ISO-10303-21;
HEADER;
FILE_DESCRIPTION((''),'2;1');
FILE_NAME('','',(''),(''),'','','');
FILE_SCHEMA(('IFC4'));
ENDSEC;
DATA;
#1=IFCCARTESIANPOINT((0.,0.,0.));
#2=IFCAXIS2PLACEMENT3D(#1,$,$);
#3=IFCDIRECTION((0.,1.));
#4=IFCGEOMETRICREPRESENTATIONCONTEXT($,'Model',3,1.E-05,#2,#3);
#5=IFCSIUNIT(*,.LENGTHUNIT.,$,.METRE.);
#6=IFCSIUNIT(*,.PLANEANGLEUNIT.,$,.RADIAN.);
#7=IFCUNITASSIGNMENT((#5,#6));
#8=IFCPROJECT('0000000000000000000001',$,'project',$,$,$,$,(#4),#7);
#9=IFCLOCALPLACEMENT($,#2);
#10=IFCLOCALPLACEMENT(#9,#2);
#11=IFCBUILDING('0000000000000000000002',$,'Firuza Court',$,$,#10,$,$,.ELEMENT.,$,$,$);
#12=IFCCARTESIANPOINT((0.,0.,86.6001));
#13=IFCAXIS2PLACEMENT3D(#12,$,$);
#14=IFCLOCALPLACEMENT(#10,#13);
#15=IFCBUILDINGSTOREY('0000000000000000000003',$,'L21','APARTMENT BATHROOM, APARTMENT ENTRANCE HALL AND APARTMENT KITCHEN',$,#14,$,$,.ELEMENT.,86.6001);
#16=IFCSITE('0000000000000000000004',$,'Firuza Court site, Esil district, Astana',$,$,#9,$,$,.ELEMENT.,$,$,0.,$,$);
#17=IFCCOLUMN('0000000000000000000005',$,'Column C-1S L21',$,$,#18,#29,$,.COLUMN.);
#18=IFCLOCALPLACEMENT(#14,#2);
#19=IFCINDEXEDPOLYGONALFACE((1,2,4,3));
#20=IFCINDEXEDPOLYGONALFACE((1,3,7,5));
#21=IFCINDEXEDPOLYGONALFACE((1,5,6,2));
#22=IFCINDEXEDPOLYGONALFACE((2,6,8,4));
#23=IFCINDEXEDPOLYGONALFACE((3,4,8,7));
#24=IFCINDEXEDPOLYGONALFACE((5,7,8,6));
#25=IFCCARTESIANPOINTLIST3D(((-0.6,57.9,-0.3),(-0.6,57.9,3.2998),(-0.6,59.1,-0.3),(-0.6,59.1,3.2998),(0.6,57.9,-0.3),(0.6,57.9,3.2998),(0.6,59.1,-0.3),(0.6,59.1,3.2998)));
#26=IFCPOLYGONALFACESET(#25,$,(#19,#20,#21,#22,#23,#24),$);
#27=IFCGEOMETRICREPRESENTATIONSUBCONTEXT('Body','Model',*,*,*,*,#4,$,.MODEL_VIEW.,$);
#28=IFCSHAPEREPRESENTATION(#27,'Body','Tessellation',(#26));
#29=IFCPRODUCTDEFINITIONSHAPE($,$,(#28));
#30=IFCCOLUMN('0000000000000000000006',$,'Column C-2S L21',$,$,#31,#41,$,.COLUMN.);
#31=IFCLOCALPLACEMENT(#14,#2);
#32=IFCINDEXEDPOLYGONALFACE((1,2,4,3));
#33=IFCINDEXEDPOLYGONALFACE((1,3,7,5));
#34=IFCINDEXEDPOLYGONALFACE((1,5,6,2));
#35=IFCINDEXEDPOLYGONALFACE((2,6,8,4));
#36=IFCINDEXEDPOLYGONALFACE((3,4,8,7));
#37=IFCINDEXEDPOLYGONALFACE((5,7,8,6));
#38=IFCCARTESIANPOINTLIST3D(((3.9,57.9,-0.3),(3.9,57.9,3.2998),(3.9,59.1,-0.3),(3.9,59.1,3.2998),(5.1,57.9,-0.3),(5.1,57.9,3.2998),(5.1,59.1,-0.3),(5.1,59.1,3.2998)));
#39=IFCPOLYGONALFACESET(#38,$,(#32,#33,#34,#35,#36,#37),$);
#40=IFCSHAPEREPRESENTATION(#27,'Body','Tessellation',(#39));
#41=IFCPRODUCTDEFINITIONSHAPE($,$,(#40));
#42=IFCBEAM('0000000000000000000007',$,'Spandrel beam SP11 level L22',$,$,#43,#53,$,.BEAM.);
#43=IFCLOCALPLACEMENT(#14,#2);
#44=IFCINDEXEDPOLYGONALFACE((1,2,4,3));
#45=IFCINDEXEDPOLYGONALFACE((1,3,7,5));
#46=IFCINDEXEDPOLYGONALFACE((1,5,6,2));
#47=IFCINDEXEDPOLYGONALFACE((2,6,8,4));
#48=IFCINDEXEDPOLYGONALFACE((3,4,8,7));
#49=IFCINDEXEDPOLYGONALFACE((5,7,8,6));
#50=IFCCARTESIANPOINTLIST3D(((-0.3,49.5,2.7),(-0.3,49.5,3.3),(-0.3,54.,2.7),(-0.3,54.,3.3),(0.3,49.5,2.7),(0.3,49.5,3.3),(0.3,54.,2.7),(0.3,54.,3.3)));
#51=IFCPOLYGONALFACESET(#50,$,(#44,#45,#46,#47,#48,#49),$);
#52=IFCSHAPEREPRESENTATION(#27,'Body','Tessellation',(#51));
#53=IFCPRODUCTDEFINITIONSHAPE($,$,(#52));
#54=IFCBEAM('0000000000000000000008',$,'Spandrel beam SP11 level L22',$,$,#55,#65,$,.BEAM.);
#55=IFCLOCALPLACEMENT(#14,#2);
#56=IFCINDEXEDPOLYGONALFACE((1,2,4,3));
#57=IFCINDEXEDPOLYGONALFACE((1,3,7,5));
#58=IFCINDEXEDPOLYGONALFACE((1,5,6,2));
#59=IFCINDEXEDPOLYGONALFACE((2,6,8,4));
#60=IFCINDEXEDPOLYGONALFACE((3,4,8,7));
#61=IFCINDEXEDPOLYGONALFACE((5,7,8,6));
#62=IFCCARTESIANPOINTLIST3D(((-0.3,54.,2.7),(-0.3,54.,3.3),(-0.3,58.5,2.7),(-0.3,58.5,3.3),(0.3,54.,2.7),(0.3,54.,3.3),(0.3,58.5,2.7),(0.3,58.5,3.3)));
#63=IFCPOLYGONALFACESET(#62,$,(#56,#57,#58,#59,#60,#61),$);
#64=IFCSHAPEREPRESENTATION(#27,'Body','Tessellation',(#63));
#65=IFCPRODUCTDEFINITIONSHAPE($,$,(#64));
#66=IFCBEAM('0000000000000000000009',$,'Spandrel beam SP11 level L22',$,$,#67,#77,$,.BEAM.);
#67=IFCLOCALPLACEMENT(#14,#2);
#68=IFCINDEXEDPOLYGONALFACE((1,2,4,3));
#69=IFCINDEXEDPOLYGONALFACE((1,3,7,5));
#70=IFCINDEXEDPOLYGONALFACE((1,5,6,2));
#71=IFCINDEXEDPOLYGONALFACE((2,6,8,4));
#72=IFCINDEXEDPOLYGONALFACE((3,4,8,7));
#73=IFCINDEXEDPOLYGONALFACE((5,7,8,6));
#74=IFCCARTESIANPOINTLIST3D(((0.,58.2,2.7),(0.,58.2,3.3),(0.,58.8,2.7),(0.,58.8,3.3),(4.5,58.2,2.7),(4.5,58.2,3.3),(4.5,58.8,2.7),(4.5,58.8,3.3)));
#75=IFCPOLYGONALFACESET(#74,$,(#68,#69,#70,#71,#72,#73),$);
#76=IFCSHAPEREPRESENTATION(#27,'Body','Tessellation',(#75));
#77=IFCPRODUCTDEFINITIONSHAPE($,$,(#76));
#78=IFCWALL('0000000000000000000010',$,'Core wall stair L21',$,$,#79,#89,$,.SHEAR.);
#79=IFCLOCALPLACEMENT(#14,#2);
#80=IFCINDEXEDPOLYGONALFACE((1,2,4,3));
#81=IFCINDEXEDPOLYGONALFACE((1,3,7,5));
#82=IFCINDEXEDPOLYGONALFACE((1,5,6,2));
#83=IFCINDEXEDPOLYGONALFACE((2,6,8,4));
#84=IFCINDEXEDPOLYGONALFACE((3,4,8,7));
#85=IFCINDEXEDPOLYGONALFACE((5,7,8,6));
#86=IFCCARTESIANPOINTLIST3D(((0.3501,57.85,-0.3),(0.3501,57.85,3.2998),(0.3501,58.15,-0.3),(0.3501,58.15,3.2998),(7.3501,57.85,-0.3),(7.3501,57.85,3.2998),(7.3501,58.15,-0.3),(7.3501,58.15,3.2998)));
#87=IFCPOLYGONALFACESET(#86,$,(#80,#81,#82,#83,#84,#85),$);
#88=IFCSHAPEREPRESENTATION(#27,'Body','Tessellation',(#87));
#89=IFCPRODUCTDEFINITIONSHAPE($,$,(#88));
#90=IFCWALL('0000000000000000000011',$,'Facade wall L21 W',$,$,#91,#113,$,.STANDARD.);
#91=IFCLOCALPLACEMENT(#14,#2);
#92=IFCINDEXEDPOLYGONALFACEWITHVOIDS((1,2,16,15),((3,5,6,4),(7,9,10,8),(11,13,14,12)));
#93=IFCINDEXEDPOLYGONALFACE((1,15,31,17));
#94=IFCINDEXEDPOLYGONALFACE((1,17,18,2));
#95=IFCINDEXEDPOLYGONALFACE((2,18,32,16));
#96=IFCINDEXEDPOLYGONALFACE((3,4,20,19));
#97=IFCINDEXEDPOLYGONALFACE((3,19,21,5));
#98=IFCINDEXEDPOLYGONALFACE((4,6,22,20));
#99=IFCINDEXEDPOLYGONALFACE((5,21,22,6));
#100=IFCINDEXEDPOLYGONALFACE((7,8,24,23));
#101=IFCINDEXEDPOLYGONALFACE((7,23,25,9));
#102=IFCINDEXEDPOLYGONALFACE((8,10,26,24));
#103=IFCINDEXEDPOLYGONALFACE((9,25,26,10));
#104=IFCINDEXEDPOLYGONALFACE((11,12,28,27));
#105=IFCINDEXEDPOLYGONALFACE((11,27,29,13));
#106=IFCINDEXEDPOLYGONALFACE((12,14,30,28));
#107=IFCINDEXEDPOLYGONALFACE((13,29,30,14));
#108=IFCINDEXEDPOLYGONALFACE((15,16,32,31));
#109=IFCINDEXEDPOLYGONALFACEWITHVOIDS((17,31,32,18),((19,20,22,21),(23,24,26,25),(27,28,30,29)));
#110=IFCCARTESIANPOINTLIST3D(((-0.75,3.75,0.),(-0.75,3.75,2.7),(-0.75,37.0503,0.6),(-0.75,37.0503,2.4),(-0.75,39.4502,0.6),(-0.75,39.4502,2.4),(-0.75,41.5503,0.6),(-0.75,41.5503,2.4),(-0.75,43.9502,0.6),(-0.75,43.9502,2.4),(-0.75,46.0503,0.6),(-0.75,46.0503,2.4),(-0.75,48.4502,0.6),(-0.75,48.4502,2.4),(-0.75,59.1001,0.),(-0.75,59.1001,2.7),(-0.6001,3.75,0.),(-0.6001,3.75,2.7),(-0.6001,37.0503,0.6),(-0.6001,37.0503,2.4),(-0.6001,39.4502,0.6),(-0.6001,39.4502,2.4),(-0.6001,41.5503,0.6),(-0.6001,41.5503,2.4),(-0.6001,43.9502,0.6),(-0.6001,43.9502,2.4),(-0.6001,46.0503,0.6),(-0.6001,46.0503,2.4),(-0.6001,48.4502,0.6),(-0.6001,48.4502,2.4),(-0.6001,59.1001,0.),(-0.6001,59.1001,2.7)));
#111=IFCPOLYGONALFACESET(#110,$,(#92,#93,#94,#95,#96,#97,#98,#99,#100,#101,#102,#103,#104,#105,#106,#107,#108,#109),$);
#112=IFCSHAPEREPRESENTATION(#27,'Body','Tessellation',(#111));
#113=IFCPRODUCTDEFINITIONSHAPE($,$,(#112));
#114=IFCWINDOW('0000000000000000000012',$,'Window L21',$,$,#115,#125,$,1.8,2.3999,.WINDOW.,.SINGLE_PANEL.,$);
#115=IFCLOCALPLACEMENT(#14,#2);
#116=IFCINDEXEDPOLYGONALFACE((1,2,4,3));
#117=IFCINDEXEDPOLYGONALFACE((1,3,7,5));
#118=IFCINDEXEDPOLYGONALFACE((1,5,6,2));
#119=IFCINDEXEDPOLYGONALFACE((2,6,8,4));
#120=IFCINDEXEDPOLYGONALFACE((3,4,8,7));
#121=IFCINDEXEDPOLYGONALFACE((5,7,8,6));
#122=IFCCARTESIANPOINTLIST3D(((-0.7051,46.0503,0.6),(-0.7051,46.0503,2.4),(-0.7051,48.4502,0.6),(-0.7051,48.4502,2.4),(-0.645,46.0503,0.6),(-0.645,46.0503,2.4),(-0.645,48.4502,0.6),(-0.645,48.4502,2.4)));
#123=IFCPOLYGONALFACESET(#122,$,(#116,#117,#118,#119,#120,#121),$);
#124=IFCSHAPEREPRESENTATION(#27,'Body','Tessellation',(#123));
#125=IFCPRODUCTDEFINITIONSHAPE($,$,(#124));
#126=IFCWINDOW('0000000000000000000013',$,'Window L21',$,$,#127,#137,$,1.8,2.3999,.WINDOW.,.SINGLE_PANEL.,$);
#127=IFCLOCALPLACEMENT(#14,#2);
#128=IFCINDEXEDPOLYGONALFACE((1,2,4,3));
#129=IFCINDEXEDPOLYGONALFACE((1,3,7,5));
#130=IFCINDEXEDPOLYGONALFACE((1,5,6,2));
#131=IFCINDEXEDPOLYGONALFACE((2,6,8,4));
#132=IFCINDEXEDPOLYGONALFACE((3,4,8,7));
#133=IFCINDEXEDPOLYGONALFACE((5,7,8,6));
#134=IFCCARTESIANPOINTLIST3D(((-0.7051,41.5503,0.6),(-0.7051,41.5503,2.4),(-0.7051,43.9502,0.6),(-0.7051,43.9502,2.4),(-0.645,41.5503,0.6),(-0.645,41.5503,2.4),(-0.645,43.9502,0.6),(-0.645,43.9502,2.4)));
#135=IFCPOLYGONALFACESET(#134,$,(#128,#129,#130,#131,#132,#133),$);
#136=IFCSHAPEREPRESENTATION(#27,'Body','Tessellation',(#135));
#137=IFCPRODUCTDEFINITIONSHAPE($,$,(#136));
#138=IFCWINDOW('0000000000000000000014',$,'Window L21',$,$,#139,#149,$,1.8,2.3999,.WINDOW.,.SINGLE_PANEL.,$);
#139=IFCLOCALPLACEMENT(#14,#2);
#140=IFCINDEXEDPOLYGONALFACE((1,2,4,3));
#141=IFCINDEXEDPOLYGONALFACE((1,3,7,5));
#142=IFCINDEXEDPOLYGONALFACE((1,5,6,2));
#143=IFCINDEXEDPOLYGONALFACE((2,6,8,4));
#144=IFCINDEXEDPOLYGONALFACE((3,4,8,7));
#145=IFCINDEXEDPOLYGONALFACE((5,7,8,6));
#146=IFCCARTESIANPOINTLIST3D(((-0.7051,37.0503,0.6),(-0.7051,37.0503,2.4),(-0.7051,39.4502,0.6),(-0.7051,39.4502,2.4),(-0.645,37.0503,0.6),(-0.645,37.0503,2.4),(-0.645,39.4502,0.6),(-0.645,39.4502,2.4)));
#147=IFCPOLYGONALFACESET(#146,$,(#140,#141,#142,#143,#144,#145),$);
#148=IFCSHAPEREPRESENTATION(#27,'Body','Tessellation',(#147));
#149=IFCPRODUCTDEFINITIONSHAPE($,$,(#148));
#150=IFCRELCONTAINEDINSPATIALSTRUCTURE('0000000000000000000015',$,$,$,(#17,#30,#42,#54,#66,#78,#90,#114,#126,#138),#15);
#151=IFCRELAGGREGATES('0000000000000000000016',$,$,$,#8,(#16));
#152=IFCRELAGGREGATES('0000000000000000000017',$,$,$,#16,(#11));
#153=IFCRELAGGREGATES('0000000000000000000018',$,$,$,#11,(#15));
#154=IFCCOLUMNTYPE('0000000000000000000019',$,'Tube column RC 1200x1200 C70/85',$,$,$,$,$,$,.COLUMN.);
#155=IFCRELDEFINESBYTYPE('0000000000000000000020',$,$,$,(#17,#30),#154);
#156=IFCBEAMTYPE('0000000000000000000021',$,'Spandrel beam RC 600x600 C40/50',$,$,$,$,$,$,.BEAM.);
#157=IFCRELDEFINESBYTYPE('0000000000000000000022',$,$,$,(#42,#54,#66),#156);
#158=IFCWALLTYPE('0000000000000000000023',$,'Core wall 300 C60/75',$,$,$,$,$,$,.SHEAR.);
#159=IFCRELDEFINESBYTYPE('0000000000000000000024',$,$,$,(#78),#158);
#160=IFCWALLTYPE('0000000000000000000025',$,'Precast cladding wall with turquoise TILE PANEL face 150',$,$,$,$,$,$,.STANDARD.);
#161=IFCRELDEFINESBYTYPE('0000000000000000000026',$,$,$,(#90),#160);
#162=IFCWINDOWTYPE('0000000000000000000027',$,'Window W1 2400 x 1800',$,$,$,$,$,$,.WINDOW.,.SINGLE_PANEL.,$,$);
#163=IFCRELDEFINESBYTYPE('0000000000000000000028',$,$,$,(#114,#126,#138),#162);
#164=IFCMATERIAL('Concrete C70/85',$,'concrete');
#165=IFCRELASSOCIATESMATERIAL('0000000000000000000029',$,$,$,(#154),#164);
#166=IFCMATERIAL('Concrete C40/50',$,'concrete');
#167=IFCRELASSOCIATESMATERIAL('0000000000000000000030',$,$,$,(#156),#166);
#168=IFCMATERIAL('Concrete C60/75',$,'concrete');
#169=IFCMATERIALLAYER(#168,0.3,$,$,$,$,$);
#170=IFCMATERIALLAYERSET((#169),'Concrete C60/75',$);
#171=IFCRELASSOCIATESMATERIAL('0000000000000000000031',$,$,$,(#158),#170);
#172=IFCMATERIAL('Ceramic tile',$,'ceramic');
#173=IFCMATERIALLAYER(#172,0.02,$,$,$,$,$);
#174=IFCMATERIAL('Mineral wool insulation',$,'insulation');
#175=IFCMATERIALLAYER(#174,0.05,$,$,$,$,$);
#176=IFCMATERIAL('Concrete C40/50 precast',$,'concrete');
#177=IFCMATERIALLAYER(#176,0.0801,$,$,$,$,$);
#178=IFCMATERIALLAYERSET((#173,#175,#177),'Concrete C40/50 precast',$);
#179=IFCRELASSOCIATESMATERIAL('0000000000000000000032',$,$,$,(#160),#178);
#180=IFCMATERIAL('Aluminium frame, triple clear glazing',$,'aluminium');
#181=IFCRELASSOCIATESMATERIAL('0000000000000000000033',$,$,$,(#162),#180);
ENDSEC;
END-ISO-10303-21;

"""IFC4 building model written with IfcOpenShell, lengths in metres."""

from ifc_helpers import new_model, si_unit, direction, frame, frame_2d, origin, origin_2d, place, context, subcontext, project, spatial, rectangle, extrude, material, layer, layer_set, material_profile, profile_set, type_object, element, fill, save


model = new_model("IFC4")

# Units and contexts
model_context = context("Model", 3, precision=1e-05, world=origin(), true_north=direction((0.0, 1.0)))
body_context = subcontext(model_context, "Body", "Model", "MODEL_VIEW")
ifc_project = project(units=[si_unit("LENGTHUNIT", "METRE"), si_unit("PLANEANGLEUNIT", "RADIAN")], contexts=[model_context])

# Site, building, storey
site_placement = place(None, origin())
site = spatial("IfcSite", under=ifc_project, at=site_placement, Name="Firuza Court site, Esil district, Astana", CompositionType="ELEMENT", RefElevation=0.0)
building_placement = place(site_placement, origin())
building = spatial("IfcBuilding", under=site, at=building_placement, Name="Firuza Court", CompositionType="ELEMENT")
storey_placement = place(building_placement, frame((0.0, 0.0, 86.6001)))
storey = spatial("IfcBuildingStorey", under=building, at=storey_placement, Name="L21", Description="APARTMENT BATHROOM, APARTMENT ENTRANCE HALL AND APARTMENT KITCHEN", CompositionType="ELEMENT", Elevation=86.6001)

# Columns
ifc_material_1 = material(Name="Concrete C70/85", Category="concrete")
ifc_material_profile_1 = material_profile(ifc_material_1, rectangle(XDim=1.2, YDim=1.2, at=origin_2d()), Name="RC 1200x1200")
ifc_profile_set_1 = profile_set([ifc_material_profile_1], Name="Concrete C70/85")
column_type = type_object("IfcColumnType", Name="Tube column RC 1200x1200 C70/85", PredefinedType="COLUMN", material=ifc_profile_set_1)
for number, where, z_axis, x_axis, name in (
    (1, (0.0, 58.5, -0.3), (0.0, 0.0, 1.0), (1.0, 0.0, 0.0), "Column C-1S L21"),
    (2, (4.5, 58.5, -0.3), (0.0, 0.0, 1.0), (1.0, 0.0, 0.0), "Column C-2S L21"),
):
    element("IfcColumn", number, at=place(storey_placement, frame(where, z_axis=z_axis, x_axis=x_axis)), inside=storey, type_object=column_type, Name=name, PredefinedType="COLUMN", context=body_context, shape_type="SweptSolid", body=[
        extrude(rectangle(XDim=1.2, YDim=1.2, at=origin_2d()), origin(), (0.0, 0.0, 1.0), 3.5999),
    ])

# Beams
ifc_material_2 = material(Name="Concrete C40/50", Category="concrete")
ifc_material_profile_2 = material_profile(ifc_material_2, rectangle(XDim=0.6001, YDim=0.6001, at=origin_2d()), Name="RC 600x600")
ifc_profile_set_2 = profile_set([ifc_material_profile_2], Name="Concrete C40/50")
beam_type = type_object("IfcBeamType", Name="Spandrel beam RC 600x600 C40/50", PredefinedType="BEAM", material=ifc_profile_set_2)
for number, where, z_axis, x_axis, name in (
    (3, (0.0, 54.0, 3.0), (0.0, -1.0, 0.0), (1.0, 0.0, 0.0), "Spandrel beam SP11 level L22"),
    (4, (0.0, 58.5, 3.0), (0.0, -1.0, 0.0), (1.0, 0.0, 0.0), "Spandrel beam SP11 level L22"),
    (5, (4.5, 58.5, 3.0), (-1.0, 0.0, 0.0), (0.0, -1.0, 0.0), "Spandrel beam SP11 level L22"),
):
    element("IfcBeam", number, at=place(storey_placement, frame(where, z_axis=z_axis, x_axis=x_axis)), inside=storey, type_object=beam_type, Name=name, PredefinedType="BEAM", context=body_context, shape_type="SweptSolid", body=[
        extrude(rectangle(XDim=0.6001, YDim=0.6001, at=origin_2d()), origin(), (0.0, 0.0, 1.0), 4.5),
    ])

# Wall
ifc_material_3 = material(Name="Concrete C60/75", Category="concrete")
ifc_layer_1 = layer(ifc_material_3, 0.3)
ifc_layer_set_1 = layer_set([ifc_layer_1], Name="Concrete C60/75")
wall_type_1 = type_object("IfcWallType", Name="Core wall 300 C60/75", PredefinedType="SHEAR", material=ifc_layer_set_1)
wall_1_placement = place(storey_placement, frame((0.3501, 58.0, -0.3), z_axis=(0.0, 0.0, 1.0), x_axis=(1.0, 0.0, 0.0)))
element("IfcWall", 6, at=wall_1_placement, inside=storey, type_object=wall_type_1, Name="Core wall stair L21", PredefinedType="SHEAR", context=body_context, shape_type="SweptSolid", body=[
    extrude(rectangle(XDim=7.0, YDim=0.3, at=frame_2d((3.5, 0.0))), origin(), (0.0, 0.0, 1.0), 3.5999),
])

# Wall, openings, windows
ifc_material_4 = material(Name="Ceramic tile", Category="ceramic")
ifc_layer_2 = layer(ifc_material_4, 0.02)
ifc_material_5 = material(Name="Mineral wool insulation", Category="insulation")
ifc_layer_3 = layer(ifc_material_5, 0.05)
ifc_material_6 = material(Name="Concrete C40/50 precast", Category="concrete")
ifc_layer_4 = layer(ifc_material_6, 0.0801)
ifc_layer_set_2 = layer_set([ifc_layer_2, ifc_layer_3, ifc_layer_4], Name="Concrete C40/50 precast")
wall_type_2 = type_object("IfcWallType", Name="Precast cladding wall with turquoise TILE PANEL face 150", PredefinedType="STANDARD", material=ifc_layer_set_2)
wall_2_placement = place(storey_placement, frame((-0.675, 59.1001, 0.0), z_axis=(0.0, 0.0, 1.0), x_axis=(0.0, -1.0, 0.0)))
wall_2 = element("IfcWall", 7, at=wall_2_placement, inside=storey, type_object=wall_type_2, Name="Facade wall L21 W", PredefinedType="STANDARD", context=body_context, shape_type="SweptSolid", body=[
    extrude(rectangle(XDim=55.3501, YDim=0.1499, at=frame_2d((27.675, 0.0))), origin(), (0.0, 0.0, 1.0), 2.7),
])
opening_1_placement = place(wall_2_placement, frame((10.6499, 0.0, 0.6001)))
opening_1 = element("IfcOpeningElement", 8, at=opening_1_placement, cuts=wall_2, PredefinedType="OPENING", context=body_context, shape_type="SweptSolid", body=[
    extrude(rectangle(XDim=2.3999, YDim=1.8, at=frame_2d((1.2, 0.8999))), frame((0.0, 0.0869, 0.0), z_axis=(0.0, -1.0, 0.0), x_axis=(1.0, 0.0, 0.0)), (0.0, 0.0, 1.0), 0.1738),
])
opening_2_placement = place(wall_2_placement, frame((15.1499, 0.0, 0.6001)))
opening_2 = element("IfcOpeningElement", 9, at=opening_2_placement, cuts=wall_2, PredefinedType="OPENING", context=body_context, shape_type="SweptSolid", body=[
    extrude(rectangle(XDim=2.3999, YDim=1.8, at=frame_2d((1.2, 0.8999))), frame((0.0, 0.0869, 0.0), z_axis=(0.0, -1.0, 0.0), x_axis=(1.0, 0.0, 0.0)), (0.0, 0.0, 1.0), 0.1738),
])
opening_3_placement = place(wall_2_placement, frame((19.6499, 0.0, 0.6001)))
opening_3 = element("IfcOpeningElement", 10, at=opening_3_placement, cuts=wall_2, PredefinedType="OPENING", context=body_context, shape_type="SweptSolid", body=[
    extrude(rectangle(XDim=2.3999, YDim=1.8, at=frame_2d((1.2, 0.8999))), frame((0.0, 0.0869, 0.0), z_axis=(0.0, -1.0, 0.0), x_axis=(1.0, 0.0, 0.0)), (0.0, 0.0, 1.0), 0.1738),
])
ifc_material_7 = material(Name="Aluminium frame, triple clear glazing", Category="aluminium")
window_type = type_object("IfcWindowType", Name="Window W1 2400 x 1800", PartitioningType="SINGLE_PANEL", PredefinedType="WINDOW", material=ifc_material_7)
window_1_placement = place(opening_1_placement, origin())
window_1 = element("IfcWindow", 11, at=window_1_placement, inside=storey, type_object=window_type, Name="Window L21", OverallHeight=1.8, OverallWidth=2.3999, PartitioningType="SINGLE_PANEL", PredefinedType="WINDOW", context=body_context, shape_type="SweptSolid", body=[
    extrude(rectangle(XDim=2.3999, YDim=1.8, at=frame_2d((1.2, 0.8999))), frame((0.0, 0.03, 0.0), z_axis=(0.0, -1.0, 0.0), x_axis=(1.0, 0.0, 0.0)), (0.0, 0.0, 1.0), 0.0601),
])
fill(opening_1, window_1)
window_2_placement = place(opening_2_placement, origin())
window_2 = element("IfcWindow", 12, at=window_2_placement, inside=storey, type_object=window_type, Name="Window L21", OverallHeight=1.8, OverallWidth=2.3999, PartitioningType="SINGLE_PANEL", PredefinedType="WINDOW", context=body_context, shape_type="SweptSolid", body=[
    extrude(rectangle(XDim=2.3999, YDim=1.8, at=frame_2d((1.2, 0.8999))), frame((0.0, 0.03, 0.0), z_axis=(0.0, -1.0, 0.0), x_axis=(1.0, 0.0, 0.0)), (0.0, 0.0, 1.0), 0.0601),
])
fill(opening_2, window_2)
window_3_placement = place(opening_3_placement, origin())
window_3 = element("IfcWindow", 13, at=window_3_placement, inside=storey, type_object=window_type, Name="Window L21", OverallHeight=1.8, OverallWidth=2.3999, PartitioningType="SINGLE_PANEL", PredefinedType="WINDOW", context=body_context, shape_type="SweptSolid", body=[
    extrude(rectangle(XDim=2.3999, YDim=1.8, at=frame_2d((1.2, 0.8999))), frame((0.0, 0.03, 0.0), z_axis=(0.0, -1.0, 0.0), x_axis=(1.0, 0.0, 0.0)), (0.0, 0.0, 1.0), 0.0601),
])
fill(opening_3, window_3)

save(model, "model.ifc")
